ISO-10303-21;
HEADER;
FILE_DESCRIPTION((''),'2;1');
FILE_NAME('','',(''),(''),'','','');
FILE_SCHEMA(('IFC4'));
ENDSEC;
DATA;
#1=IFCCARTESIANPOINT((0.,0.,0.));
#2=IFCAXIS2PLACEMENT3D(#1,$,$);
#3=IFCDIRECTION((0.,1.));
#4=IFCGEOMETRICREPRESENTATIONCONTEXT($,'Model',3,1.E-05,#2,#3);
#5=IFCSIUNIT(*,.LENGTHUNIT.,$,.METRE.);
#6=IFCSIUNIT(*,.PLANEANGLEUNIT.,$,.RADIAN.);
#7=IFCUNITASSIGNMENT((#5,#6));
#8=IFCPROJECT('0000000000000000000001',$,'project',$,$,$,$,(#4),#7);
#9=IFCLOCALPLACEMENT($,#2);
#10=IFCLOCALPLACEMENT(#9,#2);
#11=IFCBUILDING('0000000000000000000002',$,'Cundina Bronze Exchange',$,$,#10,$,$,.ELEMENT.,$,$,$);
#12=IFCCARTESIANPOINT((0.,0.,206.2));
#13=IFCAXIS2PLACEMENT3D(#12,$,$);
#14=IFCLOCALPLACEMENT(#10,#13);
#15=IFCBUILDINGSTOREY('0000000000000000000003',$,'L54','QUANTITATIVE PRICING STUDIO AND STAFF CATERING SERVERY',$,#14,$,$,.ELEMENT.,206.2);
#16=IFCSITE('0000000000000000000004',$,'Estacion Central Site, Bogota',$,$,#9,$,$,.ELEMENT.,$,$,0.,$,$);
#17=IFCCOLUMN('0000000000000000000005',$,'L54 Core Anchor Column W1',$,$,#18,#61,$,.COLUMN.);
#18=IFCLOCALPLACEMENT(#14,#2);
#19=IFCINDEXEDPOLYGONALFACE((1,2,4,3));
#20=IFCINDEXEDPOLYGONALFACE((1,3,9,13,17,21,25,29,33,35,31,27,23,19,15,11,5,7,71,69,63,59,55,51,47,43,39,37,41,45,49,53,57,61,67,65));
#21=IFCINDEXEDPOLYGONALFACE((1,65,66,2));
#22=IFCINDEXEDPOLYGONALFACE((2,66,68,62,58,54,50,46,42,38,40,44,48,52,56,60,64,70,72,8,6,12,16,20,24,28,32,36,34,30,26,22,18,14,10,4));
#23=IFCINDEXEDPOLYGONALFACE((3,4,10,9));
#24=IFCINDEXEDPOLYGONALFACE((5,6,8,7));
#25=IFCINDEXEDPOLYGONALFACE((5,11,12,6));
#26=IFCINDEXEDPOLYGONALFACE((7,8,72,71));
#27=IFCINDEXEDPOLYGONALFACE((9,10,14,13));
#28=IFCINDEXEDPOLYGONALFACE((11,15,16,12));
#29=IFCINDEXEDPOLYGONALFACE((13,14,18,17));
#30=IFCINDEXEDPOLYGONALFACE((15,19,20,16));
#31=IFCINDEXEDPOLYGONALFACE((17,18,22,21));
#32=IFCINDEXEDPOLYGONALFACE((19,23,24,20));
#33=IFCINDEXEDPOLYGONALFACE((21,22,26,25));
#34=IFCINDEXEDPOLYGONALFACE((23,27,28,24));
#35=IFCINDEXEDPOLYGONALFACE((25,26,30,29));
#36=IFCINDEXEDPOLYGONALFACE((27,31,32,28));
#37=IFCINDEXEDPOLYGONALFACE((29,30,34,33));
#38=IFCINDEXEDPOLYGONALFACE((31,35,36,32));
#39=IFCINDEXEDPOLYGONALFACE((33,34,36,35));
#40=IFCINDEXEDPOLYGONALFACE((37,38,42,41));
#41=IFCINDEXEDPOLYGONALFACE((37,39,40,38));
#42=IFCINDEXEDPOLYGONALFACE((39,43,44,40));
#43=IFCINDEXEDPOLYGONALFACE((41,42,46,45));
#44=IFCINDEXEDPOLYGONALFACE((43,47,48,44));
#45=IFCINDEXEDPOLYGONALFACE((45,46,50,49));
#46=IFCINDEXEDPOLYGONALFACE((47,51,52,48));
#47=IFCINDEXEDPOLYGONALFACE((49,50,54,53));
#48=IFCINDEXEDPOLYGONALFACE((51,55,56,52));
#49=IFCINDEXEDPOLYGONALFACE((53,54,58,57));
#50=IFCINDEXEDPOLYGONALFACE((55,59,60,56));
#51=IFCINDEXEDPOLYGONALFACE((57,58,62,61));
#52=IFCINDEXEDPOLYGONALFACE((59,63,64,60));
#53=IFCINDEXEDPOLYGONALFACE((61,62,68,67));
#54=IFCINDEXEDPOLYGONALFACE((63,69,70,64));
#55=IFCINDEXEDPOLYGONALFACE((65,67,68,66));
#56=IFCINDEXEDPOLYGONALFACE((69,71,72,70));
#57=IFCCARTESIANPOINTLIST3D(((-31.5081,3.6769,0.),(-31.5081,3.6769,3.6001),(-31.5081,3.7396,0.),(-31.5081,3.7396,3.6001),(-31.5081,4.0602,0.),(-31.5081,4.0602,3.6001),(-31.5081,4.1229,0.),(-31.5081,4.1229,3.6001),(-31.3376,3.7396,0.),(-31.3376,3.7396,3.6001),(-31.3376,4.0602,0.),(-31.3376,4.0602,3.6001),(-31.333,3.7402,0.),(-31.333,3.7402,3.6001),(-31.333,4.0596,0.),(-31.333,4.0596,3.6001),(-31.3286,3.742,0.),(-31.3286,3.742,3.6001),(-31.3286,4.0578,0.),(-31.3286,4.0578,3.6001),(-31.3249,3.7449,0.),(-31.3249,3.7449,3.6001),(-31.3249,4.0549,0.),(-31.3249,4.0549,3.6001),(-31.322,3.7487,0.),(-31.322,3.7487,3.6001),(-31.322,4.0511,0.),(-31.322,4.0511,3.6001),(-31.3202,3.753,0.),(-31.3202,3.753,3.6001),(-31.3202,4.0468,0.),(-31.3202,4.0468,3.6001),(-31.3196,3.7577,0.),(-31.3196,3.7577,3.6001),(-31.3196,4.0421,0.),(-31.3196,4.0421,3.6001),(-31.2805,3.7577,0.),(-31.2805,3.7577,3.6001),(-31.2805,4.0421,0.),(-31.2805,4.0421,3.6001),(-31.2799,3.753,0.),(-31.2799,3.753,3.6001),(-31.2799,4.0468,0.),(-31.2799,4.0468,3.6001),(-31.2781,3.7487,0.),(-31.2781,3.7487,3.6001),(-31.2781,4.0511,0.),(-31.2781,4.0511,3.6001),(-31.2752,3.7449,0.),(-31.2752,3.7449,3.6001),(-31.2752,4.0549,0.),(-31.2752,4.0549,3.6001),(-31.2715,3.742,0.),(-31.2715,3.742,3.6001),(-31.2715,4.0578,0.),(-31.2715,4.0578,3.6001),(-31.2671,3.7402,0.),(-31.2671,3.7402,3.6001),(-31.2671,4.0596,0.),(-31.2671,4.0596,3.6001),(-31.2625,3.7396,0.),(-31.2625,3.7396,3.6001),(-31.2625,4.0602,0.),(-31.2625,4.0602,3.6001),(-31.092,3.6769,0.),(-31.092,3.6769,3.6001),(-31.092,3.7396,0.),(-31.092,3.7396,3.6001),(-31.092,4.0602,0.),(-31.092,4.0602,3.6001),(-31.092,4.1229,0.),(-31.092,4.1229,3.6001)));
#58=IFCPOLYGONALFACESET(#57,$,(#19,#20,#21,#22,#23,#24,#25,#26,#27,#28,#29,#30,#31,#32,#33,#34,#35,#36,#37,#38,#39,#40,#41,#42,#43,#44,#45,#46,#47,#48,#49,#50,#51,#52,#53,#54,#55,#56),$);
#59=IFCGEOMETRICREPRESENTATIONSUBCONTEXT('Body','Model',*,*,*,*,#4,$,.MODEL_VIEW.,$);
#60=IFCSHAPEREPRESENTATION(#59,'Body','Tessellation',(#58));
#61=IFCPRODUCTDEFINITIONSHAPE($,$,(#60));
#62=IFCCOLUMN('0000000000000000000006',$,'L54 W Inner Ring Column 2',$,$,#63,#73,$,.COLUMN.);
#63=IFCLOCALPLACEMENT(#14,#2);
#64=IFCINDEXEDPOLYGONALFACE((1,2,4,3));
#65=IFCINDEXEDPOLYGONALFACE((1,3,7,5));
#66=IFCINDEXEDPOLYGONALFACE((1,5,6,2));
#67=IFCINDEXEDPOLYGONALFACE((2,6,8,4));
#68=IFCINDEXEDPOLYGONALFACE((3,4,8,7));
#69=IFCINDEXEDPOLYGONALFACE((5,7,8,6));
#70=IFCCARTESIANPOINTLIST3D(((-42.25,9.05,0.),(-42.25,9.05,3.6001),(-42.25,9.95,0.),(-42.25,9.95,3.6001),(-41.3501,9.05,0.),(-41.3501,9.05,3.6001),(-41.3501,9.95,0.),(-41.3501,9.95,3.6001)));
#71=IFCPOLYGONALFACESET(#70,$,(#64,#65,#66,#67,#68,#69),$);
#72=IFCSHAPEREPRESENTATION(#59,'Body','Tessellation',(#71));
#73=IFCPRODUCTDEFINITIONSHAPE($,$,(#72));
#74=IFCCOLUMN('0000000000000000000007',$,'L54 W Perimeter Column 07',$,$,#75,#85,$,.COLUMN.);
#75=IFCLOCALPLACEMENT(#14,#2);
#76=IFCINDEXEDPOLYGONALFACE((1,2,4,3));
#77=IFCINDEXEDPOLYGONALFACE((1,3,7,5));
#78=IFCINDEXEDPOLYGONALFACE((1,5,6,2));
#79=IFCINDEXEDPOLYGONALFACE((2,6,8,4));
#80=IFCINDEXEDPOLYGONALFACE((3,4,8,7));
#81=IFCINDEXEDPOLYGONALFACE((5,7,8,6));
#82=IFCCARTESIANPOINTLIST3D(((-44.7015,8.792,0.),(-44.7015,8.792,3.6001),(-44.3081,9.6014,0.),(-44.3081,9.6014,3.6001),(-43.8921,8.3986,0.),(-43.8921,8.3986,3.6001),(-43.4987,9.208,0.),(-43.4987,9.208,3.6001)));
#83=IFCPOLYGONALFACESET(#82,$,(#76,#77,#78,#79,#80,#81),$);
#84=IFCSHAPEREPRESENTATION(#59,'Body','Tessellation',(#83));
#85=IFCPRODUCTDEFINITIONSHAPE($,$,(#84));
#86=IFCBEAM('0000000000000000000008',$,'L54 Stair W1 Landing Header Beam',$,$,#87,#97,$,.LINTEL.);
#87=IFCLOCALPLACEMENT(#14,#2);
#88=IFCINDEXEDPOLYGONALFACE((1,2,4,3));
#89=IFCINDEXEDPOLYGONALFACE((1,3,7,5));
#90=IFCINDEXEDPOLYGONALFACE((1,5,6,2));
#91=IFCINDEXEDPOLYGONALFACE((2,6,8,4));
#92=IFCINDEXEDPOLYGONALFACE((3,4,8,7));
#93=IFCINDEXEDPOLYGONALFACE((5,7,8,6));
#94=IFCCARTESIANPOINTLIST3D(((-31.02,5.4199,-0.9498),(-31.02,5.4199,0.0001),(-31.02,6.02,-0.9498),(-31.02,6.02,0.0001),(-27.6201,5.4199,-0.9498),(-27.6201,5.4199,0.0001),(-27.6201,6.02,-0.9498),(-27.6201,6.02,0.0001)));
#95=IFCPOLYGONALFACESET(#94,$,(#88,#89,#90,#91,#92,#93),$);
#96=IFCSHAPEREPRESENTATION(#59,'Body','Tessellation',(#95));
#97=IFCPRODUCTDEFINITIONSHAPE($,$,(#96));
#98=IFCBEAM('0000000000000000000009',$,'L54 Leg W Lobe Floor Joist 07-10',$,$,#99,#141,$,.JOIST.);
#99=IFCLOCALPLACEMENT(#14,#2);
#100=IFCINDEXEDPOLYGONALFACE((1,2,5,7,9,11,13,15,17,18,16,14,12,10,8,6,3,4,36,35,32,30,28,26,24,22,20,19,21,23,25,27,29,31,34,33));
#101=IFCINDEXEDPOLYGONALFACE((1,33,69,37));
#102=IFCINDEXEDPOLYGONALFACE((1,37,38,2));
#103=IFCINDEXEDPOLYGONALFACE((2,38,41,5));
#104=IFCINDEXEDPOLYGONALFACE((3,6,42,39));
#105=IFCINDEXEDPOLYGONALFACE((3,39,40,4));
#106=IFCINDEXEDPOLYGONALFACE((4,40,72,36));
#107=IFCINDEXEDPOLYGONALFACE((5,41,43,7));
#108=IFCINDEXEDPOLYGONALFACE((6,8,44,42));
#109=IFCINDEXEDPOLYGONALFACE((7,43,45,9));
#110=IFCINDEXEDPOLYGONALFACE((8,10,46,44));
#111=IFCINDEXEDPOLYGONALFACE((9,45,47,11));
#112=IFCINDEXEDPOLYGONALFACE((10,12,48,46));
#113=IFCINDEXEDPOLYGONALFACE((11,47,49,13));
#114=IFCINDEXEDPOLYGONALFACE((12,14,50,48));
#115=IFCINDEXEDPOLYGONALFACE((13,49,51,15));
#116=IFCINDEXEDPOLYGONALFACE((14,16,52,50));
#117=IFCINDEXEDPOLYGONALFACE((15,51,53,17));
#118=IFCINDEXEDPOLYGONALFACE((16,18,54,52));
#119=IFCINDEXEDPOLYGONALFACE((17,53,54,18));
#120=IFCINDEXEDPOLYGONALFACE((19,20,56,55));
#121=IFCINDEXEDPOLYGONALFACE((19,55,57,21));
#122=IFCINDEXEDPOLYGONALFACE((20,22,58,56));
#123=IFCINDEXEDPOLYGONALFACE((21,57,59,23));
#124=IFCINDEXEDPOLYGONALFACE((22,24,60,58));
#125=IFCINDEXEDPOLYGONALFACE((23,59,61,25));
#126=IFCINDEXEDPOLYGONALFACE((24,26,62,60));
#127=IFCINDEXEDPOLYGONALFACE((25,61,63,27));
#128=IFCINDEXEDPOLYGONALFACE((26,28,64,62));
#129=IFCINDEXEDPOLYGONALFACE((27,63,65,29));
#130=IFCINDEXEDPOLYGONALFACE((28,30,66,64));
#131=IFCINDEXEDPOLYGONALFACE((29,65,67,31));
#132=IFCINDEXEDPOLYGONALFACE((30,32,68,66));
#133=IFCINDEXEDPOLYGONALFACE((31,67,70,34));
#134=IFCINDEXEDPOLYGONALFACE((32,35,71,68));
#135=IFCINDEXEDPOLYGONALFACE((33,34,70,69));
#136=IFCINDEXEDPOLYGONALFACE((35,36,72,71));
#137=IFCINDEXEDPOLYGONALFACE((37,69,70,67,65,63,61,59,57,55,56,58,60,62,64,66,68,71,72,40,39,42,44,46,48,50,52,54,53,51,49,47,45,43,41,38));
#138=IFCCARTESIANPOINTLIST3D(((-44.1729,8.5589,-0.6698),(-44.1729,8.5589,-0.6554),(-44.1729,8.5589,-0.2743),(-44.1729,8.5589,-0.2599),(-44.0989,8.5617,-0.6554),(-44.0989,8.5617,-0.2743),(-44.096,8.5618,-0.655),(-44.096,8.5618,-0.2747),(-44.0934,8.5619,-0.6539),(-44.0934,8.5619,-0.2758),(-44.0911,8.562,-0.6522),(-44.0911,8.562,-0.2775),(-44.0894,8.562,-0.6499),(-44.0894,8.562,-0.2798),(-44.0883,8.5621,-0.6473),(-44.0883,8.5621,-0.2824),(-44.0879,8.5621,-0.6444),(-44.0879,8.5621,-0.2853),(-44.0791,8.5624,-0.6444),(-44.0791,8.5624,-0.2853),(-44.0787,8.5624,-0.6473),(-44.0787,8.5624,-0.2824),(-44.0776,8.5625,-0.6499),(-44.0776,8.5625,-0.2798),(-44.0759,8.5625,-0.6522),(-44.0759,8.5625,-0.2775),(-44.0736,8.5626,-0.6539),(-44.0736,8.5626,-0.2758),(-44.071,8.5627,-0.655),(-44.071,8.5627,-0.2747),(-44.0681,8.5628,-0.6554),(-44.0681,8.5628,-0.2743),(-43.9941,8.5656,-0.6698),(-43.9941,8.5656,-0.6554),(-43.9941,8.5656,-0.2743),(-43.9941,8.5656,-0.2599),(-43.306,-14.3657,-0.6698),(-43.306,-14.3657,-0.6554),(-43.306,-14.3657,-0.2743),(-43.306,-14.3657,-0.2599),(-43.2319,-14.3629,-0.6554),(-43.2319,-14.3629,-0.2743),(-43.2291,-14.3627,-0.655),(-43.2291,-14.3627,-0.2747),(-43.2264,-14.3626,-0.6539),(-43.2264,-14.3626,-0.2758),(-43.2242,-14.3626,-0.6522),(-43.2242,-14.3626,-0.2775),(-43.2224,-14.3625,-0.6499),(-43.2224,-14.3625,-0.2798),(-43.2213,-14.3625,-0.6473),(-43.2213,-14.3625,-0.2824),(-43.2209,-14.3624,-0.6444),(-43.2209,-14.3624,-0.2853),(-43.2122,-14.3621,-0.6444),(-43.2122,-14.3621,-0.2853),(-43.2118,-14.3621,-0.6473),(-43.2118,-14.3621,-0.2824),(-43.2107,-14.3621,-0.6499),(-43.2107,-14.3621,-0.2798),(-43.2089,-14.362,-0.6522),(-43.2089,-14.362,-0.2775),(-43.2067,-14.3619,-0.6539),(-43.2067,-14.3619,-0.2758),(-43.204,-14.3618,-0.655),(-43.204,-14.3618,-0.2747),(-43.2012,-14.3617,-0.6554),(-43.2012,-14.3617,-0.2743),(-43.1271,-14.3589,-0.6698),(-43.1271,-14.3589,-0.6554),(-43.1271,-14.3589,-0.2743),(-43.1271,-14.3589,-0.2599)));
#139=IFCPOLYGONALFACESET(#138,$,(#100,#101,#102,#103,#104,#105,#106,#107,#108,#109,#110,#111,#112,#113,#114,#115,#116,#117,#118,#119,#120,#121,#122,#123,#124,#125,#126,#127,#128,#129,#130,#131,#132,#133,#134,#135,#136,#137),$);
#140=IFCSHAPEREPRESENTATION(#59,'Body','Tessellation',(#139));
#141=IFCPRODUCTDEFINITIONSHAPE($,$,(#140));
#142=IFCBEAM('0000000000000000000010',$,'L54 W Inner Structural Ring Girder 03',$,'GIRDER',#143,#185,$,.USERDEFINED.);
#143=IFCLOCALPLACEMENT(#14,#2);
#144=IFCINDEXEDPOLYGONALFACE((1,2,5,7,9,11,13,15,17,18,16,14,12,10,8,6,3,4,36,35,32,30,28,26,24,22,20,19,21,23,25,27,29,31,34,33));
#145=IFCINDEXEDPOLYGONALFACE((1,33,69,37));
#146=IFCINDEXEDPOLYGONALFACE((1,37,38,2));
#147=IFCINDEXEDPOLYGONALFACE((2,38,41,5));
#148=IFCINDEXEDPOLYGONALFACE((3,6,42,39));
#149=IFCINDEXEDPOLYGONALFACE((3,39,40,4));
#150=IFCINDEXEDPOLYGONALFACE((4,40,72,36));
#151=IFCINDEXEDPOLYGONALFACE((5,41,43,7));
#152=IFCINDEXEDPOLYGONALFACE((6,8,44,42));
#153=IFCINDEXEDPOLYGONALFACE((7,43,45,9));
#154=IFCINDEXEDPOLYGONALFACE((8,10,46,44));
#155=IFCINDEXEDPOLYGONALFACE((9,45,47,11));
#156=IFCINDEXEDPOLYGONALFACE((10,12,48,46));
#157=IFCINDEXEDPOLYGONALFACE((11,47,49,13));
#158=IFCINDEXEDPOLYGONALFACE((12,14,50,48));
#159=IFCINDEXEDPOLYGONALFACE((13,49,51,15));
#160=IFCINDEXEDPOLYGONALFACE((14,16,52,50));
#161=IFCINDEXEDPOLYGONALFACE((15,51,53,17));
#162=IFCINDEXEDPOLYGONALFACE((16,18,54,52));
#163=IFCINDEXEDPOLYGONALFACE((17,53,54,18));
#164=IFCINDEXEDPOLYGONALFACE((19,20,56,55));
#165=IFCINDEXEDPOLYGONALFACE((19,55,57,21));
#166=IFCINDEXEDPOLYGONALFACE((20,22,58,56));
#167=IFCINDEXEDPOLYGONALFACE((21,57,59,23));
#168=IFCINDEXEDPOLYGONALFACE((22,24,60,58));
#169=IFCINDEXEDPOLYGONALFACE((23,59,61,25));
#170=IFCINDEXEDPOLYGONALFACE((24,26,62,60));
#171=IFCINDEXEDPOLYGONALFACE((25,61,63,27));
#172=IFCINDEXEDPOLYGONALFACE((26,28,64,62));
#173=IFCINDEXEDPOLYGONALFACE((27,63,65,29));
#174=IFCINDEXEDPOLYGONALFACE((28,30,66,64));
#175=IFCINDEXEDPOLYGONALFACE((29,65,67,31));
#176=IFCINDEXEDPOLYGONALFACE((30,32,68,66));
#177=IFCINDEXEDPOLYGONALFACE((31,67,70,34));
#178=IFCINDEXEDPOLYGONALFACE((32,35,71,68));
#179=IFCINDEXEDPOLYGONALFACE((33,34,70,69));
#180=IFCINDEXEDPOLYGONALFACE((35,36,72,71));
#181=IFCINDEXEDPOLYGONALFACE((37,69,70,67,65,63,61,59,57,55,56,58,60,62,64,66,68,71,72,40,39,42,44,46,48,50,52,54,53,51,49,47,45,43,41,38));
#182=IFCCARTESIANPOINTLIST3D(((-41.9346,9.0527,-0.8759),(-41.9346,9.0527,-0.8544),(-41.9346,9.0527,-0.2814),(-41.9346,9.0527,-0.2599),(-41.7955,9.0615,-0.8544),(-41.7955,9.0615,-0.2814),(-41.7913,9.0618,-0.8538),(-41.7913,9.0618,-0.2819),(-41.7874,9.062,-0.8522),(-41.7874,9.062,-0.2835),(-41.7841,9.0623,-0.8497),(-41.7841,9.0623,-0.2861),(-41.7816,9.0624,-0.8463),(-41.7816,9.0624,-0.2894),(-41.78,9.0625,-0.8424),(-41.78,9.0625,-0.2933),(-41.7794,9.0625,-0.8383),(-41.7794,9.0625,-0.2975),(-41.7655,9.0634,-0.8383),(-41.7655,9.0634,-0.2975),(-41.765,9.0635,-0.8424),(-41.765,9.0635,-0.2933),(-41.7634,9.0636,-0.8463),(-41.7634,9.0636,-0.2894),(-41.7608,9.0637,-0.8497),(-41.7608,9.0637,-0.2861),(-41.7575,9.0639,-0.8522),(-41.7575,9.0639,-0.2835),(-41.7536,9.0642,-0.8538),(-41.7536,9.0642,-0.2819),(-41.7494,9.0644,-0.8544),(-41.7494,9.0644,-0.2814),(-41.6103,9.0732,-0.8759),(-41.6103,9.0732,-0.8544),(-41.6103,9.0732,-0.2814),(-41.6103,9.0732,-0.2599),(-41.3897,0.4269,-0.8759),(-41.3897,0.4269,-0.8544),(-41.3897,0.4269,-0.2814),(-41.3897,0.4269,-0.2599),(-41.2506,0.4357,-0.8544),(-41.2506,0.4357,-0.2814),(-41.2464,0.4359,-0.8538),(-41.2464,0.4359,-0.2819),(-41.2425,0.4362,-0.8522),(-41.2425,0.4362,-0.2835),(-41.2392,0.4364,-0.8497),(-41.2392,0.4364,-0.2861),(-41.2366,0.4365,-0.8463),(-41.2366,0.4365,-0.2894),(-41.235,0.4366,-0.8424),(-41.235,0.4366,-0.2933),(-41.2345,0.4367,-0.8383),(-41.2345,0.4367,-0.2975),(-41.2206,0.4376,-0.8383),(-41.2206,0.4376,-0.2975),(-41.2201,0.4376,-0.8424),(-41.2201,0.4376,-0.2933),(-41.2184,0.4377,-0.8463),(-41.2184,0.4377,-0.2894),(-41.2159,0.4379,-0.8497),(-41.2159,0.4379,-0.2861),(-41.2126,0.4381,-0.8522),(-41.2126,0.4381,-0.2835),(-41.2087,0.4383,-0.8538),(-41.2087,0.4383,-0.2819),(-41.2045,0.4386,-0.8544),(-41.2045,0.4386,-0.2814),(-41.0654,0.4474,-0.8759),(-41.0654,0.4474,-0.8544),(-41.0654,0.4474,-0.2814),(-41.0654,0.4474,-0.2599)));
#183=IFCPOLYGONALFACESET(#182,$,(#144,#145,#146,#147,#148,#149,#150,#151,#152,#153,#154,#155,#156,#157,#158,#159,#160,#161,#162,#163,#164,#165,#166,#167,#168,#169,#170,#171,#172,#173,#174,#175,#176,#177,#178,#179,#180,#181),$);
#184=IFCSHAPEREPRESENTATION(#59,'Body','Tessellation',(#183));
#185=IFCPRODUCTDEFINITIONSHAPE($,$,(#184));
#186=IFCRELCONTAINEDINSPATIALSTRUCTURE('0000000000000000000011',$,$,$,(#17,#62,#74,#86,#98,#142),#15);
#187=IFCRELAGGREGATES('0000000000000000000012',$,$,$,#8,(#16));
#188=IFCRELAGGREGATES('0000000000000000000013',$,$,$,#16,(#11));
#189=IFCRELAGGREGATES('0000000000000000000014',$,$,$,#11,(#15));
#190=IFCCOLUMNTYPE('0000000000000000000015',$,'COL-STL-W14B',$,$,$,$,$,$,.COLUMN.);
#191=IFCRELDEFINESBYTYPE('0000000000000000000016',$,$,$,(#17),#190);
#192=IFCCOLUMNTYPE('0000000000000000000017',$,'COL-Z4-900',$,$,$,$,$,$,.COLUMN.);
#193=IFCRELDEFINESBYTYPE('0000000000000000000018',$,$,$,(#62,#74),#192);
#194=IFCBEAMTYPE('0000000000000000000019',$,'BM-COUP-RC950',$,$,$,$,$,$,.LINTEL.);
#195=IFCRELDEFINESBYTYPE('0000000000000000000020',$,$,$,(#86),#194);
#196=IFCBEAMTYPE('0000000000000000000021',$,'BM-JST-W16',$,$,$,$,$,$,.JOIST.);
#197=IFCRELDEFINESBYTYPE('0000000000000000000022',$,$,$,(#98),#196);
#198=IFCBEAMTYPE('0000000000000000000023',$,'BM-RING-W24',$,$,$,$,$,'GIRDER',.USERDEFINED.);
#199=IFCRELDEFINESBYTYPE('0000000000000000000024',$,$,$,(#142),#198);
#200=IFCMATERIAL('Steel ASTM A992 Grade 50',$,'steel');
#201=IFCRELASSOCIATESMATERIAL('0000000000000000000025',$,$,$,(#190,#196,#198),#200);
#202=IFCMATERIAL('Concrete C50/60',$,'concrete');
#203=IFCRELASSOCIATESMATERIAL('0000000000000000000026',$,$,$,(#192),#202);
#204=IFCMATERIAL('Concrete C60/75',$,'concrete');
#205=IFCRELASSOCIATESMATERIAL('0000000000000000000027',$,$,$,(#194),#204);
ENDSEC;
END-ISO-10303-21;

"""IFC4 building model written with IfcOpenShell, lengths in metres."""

from ifc_helpers import new_model, si_unit, direction, frame, origin, origin_2d, place, context, subcontext, project, spatial, rectangle, i_section, extrude, material, material_profile, profile_set, type_object, element, save


model = new_model("IFC4")

# Units and contexts
model_context = context("Model", 3, precision=1e-05, world=origin(), true_north=direction((0.0, 1.0)))
body_context = subcontext(model_context, "Body", "Model", "MODEL_VIEW")
ifc_project = project(units=[si_unit("LENGTHUNIT", "METRE"), si_unit("PLANEANGLEUNIT", "RADIAN")], contexts=[model_context])

# Site, building, storey
site_placement = place(None, origin())
site = spatial("IfcSite", under=ifc_project, at=site_placement, Name="Estacion Central Site, Bogota", CompositionType="ELEMENT", RefElevation=0.0)
building_placement = place(site_placement, origin())
building = spatial("IfcBuilding", under=site, at=building_placement, Name="Cundina Bronze Exchange", CompositionType="ELEMENT")
storey_placement = place(building_placement, frame((0.0, 0.0, 206.2)))
storey = spatial("IfcBuildingStorey", under=building, at=storey_placement, Name="L54", Description="QUANTITATIVE PRICING STUDIO AND STAFF CATERING SERVERY", CompositionType="ELEMENT", Elevation=206.2)

# Columns
ifc_material_1 = material(Name="Steel ASTM A992 Grade 50", Category="steel")
ifc_material_profile_1 = material_profile(ifc_material_1, i_section(OverallWidth=0.416, OverallDepth=0.446, WebThickness=0.0391, FlangeThickness=0.0627, FilletRadius=0.0181, at=origin_2d()), Name="W14X342", Category="steel")
ifc_profile_set_1 = profile_set([ifc_material_profile_1], Name="Steel ASTM A992 Grade 50")
column_type_1 = type_object("IfcColumnType", Name="COL-STL-W14B", PredefinedType="COLUMN", material=ifc_profile_set_1)
column_placement = place(storey_placement, frame((-31.3, 3.8999, 0.0), z_axis=(0.0, 0.0, 1.0), x_axis=(1.0, 0.0, 0.0)))
element("IfcColumn", 1, at=column_placement, inside=storey, type_object=column_type_1, Name="L54 Core Anchor Column W1", PredefinedType="COLUMN", context=body_context, shape_type="SweptSolid", body=[
    extrude(i_section(OverallWidth=0.416, OverallDepth=0.446, WebThickness=0.0391, FlangeThickness=0.0627, FilletRadius=0.0181, at=origin_2d()), origin(), (0.0, 0.0, 1.0), 3.6001),
])
ifc_material_2 = material(Name="Concrete C50/60", Category="concrete")
ifc_material_profile_2 = material_profile(ifc_material_2, rectangle(XDim=0.8999, YDim=0.8999, at=origin_2d()), Name="RC900X900", Category="concrete")
ifc_profile_set_2 = profile_set([ifc_material_profile_2], Name="Concrete C50/60")
column_type_2 = type_object("IfcColumnType", Name="COL-Z4-900", PredefinedType="COLUMN", material=ifc_profile_set_2)
for number, where, z_axis, x_axis, name in (
    (2, (-41.8, 9.5, 0.0), (0.0, 0.0, 1.0), (1.0, 0.0, 0.0), "L54 W Inner Ring Column 2"),
    (3, (-44.1001, 9.0, 0.0), (0.0, 0.0, 1.0), (-0.437116, -0.899405, 0.0), "L54 W Perimeter Column 07"),
):
    element("IfcColumn", number, at=place(storey_placement, frame(where, z_axis=z_axis, x_axis=x_axis)), inside=storey, type_object=column_type_2, Name=name, PredefinedType="COLUMN", context=body_context, shape_type="SweptSolid", body=[
        extrude(rectangle(XDim=0.8999, YDim=0.8999, at=origin_2d()), origin(), (0.0, 0.0, 1.0), 3.6001),
    ])

# Beams
ifc_material_3 = material(Name="Concrete C60/75", Category="concrete")
ifc_material_profile_3 = material_profile(ifc_material_3, rectangle(XDim=0.6001, YDim=0.95, at=origin_2d()), Name="RC600X950", Category="concrete")
ifc_profile_set_3 = profile_set([ifc_material_profile_3], Name="Concrete C60/75")
beam_type_1 = type_object("IfcBeamType", Name="BM-COUP-RC950", PredefinedType="LINTEL", material=ifc_profile_set_3)
beam_1_placement = place(storey_placement, frame((-31.02, 5.72, -0.4749), z_axis=(1.0, 0.0, 0.0), x_axis=(0.0, 1.0, 0.0)))
element("IfcBeam", 4, at=beam_1_placement, inside=storey, type_object=beam_type_1, Name="L54 Stair W1 Landing Header Beam", PredefinedType="LINTEL", context=body_context, shape_type="SweptSolid", body=[
    extrude(rectangle(XDim=0.6001, YDim=0.95, at=origin_2d()), origin(), (0.0, 0.0, 1.0), 3.3999),
])
ifc_material_profile_4 = material_profile(ifc_material_1, i_section(OverallWidth=0.179, OverallDepth=0.4099, WebThickness=0.0088, FlangeThickness=0.0144, FilletRadius=0.011, at=origin_2d()), Name="W16X45", Category="steel")
ifc_profile_set_4 = profile_set([ifc_material_profile_4], Name="Steel ASTM A992 Grade 50")
beam_type_2 = type_object("IfcBeamType", Name="BM-JST-W16", PredefinedType="JOIST", material=ifc_profile_set_4)
beam_2_placement = place(storey_placement, frame((-44.0835, 8.5623, -0.4648), z_axis=(0.03779, -0.999286, 0.0), x_axis=(0.999286, 0.03779, 0.0)))
element("IfcBeam", 5, at=beam_2_placement, inside=storey, type_object=beam_type_2, Name="L54 Leg W Lobe Floor Joist 07-10", PredefinedType="JOIST", context=body_context, shape_type="SweptSolid", body=[
    extrude(i_section(OverallWidth=0.179, OverallDepth=0.4099, WebThickness=0.0088, FlangeThickness=0.0144, FilletRadius=0.011, at=origin_2d()), origin(), (0.0, 0.0, 1.0), 22.9409),
])
ifc_material_profile_5 = material_profile(ifc_material_1, i_section(OverallWidth=0.325, OverallDepth=0.616, WebThickness=0.0139, FlangeThickness=0.0215, FilletRadius=0.0161, at=origin_2d()), Name="W24X117", Category="steel")
ifc_profile_set_5 = profile_set([ifc_material_profile_5], Name="Steel ASTM A992 Grade 50")
beam_type_3 = type_object("IfcBeamType", Name="BM-RING-W24", ElementType="GIRDER", PredefinedType="USERDEFINED", material=ifc_profile_set_5)
beam_3_placement = place(storey_placement, frame((-41.7725, 9.063, -0.5679), z_axis=(0.063047, -0.998011, 0.0), x_axis=(0.998011, 0.063047, 0.0)))
element("IfcBeam", 6, at=beam_3_placement, inside=storey, type_object=beam_type_3, Name="L54 W Inner Structural Ring Girder 03", ObjectType="GIRDER", PredefinedType="USERDEFINED", context=body_context, shape_type="SweptSolid", body=[
    extrude(i_section(OverallWidth=0.325, OverallDepth=0.616, WebThickness=0.0139, FlangeThickness=0.0215, FilletRadius=0.0161, at=origin_2d()), origin(), (0.0, 0.0, 1.0), 8.6431),
])

save(model, "model.ifc")
